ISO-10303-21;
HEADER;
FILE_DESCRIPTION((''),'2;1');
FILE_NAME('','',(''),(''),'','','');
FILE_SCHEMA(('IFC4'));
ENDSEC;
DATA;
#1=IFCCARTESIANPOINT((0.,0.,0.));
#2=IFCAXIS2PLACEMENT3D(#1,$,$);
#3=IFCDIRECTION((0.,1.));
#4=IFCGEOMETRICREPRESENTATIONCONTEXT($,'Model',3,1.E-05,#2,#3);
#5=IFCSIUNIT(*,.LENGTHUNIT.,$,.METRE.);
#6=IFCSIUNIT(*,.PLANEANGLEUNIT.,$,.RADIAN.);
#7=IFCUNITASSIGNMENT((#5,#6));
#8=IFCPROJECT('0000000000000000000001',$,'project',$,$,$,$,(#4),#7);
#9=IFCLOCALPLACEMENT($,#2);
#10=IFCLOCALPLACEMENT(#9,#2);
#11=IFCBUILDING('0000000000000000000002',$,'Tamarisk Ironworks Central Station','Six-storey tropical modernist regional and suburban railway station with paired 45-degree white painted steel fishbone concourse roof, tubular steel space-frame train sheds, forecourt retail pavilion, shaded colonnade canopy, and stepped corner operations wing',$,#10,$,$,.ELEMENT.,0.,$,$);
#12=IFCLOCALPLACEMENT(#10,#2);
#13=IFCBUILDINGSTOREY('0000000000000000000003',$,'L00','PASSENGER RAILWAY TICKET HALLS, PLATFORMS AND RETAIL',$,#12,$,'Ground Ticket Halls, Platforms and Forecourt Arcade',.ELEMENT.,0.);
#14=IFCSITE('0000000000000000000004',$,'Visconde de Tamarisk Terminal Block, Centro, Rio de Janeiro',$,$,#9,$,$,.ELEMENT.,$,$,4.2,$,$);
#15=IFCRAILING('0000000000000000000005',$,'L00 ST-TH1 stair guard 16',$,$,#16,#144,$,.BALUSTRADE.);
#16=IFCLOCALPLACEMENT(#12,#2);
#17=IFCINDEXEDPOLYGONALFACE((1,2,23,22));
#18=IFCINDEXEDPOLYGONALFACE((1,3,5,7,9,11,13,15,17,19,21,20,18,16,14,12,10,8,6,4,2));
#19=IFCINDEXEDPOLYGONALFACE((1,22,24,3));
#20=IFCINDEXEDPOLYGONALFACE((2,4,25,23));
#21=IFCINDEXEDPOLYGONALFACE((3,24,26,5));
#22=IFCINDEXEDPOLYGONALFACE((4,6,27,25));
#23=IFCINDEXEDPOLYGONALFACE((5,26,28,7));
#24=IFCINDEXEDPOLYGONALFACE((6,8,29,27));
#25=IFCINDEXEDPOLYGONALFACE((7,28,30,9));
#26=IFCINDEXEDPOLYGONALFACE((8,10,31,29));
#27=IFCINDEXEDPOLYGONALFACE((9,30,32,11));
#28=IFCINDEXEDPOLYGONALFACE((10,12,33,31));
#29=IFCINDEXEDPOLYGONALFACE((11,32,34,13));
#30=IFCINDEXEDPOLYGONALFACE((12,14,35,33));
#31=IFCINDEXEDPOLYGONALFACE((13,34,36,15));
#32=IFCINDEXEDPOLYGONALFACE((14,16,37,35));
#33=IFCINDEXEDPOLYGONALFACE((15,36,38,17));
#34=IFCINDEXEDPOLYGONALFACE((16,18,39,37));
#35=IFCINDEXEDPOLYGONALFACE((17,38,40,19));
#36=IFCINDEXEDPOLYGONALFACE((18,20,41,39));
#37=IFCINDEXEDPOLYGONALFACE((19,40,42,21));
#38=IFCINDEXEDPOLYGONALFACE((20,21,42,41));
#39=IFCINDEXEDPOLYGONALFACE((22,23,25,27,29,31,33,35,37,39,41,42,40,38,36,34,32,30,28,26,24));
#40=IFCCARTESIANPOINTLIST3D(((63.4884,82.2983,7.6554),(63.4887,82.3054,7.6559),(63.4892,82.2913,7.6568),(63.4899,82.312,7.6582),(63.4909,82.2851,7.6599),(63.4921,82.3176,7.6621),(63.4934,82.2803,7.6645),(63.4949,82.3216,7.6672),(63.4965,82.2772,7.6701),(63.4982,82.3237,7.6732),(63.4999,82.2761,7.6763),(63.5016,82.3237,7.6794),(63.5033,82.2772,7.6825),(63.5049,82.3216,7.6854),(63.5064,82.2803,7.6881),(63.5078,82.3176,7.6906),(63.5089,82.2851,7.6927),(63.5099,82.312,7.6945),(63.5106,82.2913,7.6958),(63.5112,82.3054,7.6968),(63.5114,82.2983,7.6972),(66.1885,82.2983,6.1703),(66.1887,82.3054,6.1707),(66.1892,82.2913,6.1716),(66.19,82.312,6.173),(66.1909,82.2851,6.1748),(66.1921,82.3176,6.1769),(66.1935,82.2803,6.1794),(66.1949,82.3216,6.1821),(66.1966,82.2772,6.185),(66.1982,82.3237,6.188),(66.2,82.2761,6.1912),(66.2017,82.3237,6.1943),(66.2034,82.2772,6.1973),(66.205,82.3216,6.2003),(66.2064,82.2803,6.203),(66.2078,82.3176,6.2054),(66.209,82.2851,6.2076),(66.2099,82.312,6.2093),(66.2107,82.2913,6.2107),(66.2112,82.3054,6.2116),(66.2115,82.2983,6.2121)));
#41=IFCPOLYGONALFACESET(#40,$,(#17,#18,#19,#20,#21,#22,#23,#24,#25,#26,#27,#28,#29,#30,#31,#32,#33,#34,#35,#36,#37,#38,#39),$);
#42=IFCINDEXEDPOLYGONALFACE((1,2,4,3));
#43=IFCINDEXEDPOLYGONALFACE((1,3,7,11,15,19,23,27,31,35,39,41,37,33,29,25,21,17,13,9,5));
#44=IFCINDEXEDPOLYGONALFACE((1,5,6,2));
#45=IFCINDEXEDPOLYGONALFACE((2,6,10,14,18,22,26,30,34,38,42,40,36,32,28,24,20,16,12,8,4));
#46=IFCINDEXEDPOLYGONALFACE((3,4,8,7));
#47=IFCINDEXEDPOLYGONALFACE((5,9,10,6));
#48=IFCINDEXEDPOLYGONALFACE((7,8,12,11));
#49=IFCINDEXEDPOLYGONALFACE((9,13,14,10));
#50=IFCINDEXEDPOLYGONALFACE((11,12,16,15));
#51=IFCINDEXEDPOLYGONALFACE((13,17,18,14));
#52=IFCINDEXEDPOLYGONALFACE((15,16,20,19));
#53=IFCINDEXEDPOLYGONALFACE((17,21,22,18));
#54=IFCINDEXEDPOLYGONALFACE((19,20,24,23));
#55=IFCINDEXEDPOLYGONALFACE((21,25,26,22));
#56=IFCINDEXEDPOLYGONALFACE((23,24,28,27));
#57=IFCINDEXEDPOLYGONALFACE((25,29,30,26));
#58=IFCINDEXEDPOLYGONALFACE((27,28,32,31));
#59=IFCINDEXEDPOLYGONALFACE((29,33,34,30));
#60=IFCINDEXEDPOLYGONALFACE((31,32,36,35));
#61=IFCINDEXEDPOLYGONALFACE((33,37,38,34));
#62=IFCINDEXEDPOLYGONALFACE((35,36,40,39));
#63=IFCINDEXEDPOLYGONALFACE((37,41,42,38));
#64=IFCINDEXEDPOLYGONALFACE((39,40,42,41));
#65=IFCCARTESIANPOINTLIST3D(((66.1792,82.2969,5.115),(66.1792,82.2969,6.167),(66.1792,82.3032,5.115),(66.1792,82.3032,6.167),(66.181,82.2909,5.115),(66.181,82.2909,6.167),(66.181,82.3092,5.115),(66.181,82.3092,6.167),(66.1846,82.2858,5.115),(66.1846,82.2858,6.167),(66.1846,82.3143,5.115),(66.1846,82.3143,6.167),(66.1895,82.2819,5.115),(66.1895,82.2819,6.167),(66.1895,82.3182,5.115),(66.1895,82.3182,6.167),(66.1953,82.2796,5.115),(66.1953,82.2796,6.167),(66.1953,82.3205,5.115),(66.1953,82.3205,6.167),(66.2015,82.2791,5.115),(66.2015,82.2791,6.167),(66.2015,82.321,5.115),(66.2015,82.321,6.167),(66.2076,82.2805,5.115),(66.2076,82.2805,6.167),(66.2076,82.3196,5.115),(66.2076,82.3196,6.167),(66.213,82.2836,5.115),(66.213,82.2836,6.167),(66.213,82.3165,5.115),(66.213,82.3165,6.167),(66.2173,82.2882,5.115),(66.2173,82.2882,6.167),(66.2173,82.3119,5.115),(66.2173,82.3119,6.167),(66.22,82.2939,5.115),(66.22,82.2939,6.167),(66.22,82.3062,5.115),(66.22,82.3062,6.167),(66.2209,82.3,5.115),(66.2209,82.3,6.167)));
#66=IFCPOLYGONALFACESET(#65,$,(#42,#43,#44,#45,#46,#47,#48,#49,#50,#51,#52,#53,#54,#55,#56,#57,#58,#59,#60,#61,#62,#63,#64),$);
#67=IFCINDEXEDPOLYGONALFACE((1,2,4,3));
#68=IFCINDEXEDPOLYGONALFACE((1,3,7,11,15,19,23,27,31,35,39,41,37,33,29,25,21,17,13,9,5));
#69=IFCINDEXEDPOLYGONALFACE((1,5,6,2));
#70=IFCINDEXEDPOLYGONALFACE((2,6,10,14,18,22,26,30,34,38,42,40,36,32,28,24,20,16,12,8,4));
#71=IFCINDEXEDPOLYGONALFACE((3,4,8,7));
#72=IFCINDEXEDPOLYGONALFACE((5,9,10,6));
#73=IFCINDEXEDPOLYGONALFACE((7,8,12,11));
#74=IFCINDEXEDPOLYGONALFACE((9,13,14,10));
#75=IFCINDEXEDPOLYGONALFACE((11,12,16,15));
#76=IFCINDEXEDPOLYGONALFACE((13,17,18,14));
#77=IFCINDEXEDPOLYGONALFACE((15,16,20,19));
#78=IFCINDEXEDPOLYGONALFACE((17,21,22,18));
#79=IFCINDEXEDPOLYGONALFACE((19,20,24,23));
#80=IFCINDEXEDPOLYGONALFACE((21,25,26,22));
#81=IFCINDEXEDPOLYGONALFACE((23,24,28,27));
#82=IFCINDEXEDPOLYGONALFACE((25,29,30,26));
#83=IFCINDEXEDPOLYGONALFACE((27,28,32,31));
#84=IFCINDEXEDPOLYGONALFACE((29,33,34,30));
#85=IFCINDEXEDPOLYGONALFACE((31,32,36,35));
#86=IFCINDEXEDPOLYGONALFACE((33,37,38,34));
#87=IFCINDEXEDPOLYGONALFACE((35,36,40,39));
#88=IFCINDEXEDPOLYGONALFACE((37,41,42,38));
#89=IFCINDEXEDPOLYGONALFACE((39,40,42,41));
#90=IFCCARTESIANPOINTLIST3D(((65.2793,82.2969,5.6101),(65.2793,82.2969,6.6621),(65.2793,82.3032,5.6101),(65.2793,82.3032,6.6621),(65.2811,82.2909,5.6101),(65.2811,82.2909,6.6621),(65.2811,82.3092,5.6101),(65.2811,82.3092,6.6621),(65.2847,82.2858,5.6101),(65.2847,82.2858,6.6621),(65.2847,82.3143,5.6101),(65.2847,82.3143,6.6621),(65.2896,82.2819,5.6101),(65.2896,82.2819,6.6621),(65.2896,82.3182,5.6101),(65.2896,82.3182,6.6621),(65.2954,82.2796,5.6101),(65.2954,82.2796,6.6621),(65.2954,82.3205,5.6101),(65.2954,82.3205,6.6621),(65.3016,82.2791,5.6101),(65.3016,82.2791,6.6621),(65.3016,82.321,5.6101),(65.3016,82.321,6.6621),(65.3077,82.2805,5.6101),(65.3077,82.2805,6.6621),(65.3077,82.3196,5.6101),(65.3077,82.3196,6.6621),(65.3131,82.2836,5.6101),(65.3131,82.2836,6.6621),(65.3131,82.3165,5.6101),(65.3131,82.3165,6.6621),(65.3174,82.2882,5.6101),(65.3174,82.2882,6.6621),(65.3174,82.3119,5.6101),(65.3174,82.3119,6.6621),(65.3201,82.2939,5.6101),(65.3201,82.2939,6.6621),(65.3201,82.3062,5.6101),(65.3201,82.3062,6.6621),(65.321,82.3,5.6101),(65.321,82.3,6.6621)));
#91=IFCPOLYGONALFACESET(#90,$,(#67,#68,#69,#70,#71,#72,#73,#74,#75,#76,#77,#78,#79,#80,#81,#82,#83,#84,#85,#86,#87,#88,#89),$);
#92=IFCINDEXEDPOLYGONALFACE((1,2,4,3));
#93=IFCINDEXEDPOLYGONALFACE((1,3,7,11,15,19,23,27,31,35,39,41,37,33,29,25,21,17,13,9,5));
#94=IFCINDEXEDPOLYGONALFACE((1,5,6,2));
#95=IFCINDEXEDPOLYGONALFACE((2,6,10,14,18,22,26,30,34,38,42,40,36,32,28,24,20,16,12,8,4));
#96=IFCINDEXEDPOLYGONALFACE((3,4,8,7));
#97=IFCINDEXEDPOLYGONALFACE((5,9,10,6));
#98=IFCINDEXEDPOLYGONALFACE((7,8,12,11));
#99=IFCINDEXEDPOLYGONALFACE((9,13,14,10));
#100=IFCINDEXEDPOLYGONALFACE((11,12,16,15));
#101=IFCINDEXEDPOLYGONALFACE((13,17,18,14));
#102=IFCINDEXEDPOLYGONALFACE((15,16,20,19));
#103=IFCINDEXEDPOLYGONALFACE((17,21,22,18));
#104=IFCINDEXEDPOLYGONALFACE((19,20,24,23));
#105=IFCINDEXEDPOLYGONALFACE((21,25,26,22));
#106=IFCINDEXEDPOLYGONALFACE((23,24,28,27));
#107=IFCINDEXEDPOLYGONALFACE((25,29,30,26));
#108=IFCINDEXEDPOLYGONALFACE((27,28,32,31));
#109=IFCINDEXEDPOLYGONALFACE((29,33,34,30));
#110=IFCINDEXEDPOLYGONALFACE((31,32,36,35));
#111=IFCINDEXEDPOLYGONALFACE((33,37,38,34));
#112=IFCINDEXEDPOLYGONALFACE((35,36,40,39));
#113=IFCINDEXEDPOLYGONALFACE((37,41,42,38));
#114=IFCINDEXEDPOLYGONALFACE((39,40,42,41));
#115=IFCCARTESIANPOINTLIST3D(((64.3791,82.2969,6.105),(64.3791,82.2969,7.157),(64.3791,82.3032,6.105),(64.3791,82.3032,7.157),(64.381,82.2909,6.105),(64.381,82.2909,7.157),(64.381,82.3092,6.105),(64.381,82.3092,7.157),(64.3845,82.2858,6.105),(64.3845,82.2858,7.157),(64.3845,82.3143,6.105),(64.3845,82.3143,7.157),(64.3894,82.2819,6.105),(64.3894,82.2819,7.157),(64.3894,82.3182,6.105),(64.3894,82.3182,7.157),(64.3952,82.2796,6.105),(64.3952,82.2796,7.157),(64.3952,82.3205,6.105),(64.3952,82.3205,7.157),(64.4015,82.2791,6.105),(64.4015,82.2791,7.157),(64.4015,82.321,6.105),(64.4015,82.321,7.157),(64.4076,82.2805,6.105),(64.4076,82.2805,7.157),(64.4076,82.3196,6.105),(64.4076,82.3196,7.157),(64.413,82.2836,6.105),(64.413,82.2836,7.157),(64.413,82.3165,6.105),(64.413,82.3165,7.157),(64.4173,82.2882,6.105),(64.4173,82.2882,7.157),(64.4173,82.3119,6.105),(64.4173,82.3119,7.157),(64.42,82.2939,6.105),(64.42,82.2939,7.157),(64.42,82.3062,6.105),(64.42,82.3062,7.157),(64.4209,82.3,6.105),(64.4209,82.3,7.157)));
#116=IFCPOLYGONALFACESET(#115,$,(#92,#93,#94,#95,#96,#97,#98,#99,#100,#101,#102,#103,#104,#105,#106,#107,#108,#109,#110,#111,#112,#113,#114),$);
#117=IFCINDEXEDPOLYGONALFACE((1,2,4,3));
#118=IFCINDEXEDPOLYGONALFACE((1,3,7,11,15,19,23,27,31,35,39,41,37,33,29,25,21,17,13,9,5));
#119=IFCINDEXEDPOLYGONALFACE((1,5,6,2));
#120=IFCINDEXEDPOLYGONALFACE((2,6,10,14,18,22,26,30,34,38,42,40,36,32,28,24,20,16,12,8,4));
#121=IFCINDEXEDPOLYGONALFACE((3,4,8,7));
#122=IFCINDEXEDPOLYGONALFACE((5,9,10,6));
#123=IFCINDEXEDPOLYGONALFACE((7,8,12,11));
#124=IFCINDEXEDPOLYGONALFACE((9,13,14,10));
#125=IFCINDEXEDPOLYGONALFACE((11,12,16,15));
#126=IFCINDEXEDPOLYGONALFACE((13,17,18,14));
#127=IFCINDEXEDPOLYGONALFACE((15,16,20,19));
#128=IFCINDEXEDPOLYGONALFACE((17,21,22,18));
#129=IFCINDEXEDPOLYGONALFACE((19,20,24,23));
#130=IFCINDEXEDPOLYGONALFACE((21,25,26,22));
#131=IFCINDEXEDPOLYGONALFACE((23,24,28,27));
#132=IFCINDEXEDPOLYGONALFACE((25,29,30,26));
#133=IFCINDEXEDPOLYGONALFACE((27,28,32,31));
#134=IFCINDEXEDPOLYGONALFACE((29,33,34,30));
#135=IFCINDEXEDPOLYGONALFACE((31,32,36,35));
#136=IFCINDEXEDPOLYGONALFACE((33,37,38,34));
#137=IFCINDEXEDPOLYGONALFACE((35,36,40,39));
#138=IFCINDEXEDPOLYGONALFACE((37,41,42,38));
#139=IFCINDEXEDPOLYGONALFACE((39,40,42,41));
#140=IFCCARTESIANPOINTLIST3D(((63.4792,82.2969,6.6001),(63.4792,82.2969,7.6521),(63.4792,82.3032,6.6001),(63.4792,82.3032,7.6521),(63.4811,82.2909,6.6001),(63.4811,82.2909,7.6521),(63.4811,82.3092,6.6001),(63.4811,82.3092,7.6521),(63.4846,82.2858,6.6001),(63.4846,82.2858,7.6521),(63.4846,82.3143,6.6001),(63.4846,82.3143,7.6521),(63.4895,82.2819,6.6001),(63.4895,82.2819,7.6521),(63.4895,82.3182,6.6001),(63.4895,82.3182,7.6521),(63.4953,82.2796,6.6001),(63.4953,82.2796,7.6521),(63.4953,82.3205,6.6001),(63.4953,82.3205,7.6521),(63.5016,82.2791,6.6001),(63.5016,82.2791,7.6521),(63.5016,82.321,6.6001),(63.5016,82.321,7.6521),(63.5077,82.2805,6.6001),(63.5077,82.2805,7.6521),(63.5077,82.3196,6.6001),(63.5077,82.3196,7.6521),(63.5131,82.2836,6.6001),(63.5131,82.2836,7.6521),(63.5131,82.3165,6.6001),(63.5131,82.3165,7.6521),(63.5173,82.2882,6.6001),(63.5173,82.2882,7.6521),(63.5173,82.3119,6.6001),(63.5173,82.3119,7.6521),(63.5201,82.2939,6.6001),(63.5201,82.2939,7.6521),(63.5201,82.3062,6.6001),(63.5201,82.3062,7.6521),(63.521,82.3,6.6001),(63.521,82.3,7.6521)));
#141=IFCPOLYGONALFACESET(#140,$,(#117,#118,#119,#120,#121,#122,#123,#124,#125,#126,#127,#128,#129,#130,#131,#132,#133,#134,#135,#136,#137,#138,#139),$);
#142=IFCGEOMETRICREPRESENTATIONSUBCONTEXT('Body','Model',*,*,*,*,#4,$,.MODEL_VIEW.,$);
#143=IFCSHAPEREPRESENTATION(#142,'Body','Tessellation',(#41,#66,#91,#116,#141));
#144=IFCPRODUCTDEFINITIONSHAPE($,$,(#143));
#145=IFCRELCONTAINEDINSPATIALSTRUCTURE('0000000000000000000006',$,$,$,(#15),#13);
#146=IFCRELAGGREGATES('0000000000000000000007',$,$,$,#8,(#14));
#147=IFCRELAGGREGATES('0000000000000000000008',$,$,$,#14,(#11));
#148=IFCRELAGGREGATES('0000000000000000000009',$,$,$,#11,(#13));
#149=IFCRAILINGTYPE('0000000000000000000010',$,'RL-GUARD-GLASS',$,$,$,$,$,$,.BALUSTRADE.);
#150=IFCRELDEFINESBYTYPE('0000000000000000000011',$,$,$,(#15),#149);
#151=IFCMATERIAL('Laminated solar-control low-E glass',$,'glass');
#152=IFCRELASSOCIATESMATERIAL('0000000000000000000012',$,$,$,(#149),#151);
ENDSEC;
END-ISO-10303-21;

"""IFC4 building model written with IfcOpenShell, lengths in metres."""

from ifc_helpers import new_model, si_unit, direction, frame, origin, origin_2d, place, context, subcontext, project, spatial, circle, extrude, material, type_object, element, save


model = new_model("IFC4")

# Units and contexts
model_context = context("Model", 3, precision=1e-05, world=origin(), true_north=direction((0.0, 1.0)))
body_context = subcontext(model_context, "Body", "Model", "MODEL_VIEW")
ifc_project = project(units=[si_unit("LENGTHUNIT", "METRE"), si_unit("PLANEANGLEUNIT", "RADIAN")], contexts=[model_context])

# Site, building, storey
site_placement = place(None, origin())
site = spatial("IfcSite", under=ifc_project, at=site_placement, Name="Visconde de Tamarisk Terminal Block, Centro, Rio de Janeiro", CompositionType="ELEMENT", RefElevation=4.2)
building_placement = place(site_placement, origin())
building = spatial("IfcBuilding", under=site, at=building_placement, Name="Tamarisk Ironworks Central Station", Description="Six-storey tropical modernist regional and suburban railway station with paired 45-degree white painted steel fishbone concourse roof, tubular steel space-frame train sheds, forecourt retail pavilion, shaded colonnade canopy, and stepped corner operations wing", CompositionType="ELEMENT", ElevationOfRefHeight=0.0)
storey_placement = place(building_placement, origin())
storey = spatial("IfcBuildingStorey", under=building, at=storey_placement, Name="L00", Description="PASSENGER RAILWAY TICKET HALLS, PLATFORMS AND RETAIL", LongName="Ground Ticket Halls, Platforms and Forecourt Arcade", CompositionType="ELEMENT", Elevation=0.0)

# Shared definitions
ifc_material_1 = material(Name="Laminated solar-control low-E glass", Category="glass")

# Railing
railing_type_1 = type_object("IfcRailingType", Name="RL-GUARD-GLASS", PredefinedType="BALUSTRADE", material=ifc_material_1)
railing_1_placement = place(storey_placement, frame((66.2, 82.3, 5.115)))
element("IfcRailing", 1, at=railing_1_placement, inside=storey, type_object=railing_type_1, Name="L00 ST-TH1 stair guard 16", PredefinedType="BALUSTRADE", context=body_context, shape_type="SweptSolid", body=[
    extrude(circle(Radius=0.0239, at=origin_2d()), frame((0.0, 0.0, 1.0762), z_axis=(-0.876198, 0.0, 0.481952), x_axis=(0.0, -1.0, 0.0)), (0.0, 0.0, 1.0), 3.0815),
    extrude(circle(Radius=0.021, at=origin_2d()), origin(), (0.0, 0.0, 1.0), 1.052),
    extrude(circle(Radius=0.021, at=origin_2d()), frame((-0.8999, 0.0, 0.4951)), (0.0, 0.0, 1.0), 1.052),
    extrude(circle(Radius=0.021, at=origin_2d()), frame((-1.8, 0.0, 0.99)), (0.0, 0.0, 1.0), 1.052),
    extrude(circle(Radius=0.021, at=origin_2d()), frame((-2.7, 0.0, 1.4851)), (0.0, 0.0, 1.0), 1.052),
])

save(model, "model.ifc")
